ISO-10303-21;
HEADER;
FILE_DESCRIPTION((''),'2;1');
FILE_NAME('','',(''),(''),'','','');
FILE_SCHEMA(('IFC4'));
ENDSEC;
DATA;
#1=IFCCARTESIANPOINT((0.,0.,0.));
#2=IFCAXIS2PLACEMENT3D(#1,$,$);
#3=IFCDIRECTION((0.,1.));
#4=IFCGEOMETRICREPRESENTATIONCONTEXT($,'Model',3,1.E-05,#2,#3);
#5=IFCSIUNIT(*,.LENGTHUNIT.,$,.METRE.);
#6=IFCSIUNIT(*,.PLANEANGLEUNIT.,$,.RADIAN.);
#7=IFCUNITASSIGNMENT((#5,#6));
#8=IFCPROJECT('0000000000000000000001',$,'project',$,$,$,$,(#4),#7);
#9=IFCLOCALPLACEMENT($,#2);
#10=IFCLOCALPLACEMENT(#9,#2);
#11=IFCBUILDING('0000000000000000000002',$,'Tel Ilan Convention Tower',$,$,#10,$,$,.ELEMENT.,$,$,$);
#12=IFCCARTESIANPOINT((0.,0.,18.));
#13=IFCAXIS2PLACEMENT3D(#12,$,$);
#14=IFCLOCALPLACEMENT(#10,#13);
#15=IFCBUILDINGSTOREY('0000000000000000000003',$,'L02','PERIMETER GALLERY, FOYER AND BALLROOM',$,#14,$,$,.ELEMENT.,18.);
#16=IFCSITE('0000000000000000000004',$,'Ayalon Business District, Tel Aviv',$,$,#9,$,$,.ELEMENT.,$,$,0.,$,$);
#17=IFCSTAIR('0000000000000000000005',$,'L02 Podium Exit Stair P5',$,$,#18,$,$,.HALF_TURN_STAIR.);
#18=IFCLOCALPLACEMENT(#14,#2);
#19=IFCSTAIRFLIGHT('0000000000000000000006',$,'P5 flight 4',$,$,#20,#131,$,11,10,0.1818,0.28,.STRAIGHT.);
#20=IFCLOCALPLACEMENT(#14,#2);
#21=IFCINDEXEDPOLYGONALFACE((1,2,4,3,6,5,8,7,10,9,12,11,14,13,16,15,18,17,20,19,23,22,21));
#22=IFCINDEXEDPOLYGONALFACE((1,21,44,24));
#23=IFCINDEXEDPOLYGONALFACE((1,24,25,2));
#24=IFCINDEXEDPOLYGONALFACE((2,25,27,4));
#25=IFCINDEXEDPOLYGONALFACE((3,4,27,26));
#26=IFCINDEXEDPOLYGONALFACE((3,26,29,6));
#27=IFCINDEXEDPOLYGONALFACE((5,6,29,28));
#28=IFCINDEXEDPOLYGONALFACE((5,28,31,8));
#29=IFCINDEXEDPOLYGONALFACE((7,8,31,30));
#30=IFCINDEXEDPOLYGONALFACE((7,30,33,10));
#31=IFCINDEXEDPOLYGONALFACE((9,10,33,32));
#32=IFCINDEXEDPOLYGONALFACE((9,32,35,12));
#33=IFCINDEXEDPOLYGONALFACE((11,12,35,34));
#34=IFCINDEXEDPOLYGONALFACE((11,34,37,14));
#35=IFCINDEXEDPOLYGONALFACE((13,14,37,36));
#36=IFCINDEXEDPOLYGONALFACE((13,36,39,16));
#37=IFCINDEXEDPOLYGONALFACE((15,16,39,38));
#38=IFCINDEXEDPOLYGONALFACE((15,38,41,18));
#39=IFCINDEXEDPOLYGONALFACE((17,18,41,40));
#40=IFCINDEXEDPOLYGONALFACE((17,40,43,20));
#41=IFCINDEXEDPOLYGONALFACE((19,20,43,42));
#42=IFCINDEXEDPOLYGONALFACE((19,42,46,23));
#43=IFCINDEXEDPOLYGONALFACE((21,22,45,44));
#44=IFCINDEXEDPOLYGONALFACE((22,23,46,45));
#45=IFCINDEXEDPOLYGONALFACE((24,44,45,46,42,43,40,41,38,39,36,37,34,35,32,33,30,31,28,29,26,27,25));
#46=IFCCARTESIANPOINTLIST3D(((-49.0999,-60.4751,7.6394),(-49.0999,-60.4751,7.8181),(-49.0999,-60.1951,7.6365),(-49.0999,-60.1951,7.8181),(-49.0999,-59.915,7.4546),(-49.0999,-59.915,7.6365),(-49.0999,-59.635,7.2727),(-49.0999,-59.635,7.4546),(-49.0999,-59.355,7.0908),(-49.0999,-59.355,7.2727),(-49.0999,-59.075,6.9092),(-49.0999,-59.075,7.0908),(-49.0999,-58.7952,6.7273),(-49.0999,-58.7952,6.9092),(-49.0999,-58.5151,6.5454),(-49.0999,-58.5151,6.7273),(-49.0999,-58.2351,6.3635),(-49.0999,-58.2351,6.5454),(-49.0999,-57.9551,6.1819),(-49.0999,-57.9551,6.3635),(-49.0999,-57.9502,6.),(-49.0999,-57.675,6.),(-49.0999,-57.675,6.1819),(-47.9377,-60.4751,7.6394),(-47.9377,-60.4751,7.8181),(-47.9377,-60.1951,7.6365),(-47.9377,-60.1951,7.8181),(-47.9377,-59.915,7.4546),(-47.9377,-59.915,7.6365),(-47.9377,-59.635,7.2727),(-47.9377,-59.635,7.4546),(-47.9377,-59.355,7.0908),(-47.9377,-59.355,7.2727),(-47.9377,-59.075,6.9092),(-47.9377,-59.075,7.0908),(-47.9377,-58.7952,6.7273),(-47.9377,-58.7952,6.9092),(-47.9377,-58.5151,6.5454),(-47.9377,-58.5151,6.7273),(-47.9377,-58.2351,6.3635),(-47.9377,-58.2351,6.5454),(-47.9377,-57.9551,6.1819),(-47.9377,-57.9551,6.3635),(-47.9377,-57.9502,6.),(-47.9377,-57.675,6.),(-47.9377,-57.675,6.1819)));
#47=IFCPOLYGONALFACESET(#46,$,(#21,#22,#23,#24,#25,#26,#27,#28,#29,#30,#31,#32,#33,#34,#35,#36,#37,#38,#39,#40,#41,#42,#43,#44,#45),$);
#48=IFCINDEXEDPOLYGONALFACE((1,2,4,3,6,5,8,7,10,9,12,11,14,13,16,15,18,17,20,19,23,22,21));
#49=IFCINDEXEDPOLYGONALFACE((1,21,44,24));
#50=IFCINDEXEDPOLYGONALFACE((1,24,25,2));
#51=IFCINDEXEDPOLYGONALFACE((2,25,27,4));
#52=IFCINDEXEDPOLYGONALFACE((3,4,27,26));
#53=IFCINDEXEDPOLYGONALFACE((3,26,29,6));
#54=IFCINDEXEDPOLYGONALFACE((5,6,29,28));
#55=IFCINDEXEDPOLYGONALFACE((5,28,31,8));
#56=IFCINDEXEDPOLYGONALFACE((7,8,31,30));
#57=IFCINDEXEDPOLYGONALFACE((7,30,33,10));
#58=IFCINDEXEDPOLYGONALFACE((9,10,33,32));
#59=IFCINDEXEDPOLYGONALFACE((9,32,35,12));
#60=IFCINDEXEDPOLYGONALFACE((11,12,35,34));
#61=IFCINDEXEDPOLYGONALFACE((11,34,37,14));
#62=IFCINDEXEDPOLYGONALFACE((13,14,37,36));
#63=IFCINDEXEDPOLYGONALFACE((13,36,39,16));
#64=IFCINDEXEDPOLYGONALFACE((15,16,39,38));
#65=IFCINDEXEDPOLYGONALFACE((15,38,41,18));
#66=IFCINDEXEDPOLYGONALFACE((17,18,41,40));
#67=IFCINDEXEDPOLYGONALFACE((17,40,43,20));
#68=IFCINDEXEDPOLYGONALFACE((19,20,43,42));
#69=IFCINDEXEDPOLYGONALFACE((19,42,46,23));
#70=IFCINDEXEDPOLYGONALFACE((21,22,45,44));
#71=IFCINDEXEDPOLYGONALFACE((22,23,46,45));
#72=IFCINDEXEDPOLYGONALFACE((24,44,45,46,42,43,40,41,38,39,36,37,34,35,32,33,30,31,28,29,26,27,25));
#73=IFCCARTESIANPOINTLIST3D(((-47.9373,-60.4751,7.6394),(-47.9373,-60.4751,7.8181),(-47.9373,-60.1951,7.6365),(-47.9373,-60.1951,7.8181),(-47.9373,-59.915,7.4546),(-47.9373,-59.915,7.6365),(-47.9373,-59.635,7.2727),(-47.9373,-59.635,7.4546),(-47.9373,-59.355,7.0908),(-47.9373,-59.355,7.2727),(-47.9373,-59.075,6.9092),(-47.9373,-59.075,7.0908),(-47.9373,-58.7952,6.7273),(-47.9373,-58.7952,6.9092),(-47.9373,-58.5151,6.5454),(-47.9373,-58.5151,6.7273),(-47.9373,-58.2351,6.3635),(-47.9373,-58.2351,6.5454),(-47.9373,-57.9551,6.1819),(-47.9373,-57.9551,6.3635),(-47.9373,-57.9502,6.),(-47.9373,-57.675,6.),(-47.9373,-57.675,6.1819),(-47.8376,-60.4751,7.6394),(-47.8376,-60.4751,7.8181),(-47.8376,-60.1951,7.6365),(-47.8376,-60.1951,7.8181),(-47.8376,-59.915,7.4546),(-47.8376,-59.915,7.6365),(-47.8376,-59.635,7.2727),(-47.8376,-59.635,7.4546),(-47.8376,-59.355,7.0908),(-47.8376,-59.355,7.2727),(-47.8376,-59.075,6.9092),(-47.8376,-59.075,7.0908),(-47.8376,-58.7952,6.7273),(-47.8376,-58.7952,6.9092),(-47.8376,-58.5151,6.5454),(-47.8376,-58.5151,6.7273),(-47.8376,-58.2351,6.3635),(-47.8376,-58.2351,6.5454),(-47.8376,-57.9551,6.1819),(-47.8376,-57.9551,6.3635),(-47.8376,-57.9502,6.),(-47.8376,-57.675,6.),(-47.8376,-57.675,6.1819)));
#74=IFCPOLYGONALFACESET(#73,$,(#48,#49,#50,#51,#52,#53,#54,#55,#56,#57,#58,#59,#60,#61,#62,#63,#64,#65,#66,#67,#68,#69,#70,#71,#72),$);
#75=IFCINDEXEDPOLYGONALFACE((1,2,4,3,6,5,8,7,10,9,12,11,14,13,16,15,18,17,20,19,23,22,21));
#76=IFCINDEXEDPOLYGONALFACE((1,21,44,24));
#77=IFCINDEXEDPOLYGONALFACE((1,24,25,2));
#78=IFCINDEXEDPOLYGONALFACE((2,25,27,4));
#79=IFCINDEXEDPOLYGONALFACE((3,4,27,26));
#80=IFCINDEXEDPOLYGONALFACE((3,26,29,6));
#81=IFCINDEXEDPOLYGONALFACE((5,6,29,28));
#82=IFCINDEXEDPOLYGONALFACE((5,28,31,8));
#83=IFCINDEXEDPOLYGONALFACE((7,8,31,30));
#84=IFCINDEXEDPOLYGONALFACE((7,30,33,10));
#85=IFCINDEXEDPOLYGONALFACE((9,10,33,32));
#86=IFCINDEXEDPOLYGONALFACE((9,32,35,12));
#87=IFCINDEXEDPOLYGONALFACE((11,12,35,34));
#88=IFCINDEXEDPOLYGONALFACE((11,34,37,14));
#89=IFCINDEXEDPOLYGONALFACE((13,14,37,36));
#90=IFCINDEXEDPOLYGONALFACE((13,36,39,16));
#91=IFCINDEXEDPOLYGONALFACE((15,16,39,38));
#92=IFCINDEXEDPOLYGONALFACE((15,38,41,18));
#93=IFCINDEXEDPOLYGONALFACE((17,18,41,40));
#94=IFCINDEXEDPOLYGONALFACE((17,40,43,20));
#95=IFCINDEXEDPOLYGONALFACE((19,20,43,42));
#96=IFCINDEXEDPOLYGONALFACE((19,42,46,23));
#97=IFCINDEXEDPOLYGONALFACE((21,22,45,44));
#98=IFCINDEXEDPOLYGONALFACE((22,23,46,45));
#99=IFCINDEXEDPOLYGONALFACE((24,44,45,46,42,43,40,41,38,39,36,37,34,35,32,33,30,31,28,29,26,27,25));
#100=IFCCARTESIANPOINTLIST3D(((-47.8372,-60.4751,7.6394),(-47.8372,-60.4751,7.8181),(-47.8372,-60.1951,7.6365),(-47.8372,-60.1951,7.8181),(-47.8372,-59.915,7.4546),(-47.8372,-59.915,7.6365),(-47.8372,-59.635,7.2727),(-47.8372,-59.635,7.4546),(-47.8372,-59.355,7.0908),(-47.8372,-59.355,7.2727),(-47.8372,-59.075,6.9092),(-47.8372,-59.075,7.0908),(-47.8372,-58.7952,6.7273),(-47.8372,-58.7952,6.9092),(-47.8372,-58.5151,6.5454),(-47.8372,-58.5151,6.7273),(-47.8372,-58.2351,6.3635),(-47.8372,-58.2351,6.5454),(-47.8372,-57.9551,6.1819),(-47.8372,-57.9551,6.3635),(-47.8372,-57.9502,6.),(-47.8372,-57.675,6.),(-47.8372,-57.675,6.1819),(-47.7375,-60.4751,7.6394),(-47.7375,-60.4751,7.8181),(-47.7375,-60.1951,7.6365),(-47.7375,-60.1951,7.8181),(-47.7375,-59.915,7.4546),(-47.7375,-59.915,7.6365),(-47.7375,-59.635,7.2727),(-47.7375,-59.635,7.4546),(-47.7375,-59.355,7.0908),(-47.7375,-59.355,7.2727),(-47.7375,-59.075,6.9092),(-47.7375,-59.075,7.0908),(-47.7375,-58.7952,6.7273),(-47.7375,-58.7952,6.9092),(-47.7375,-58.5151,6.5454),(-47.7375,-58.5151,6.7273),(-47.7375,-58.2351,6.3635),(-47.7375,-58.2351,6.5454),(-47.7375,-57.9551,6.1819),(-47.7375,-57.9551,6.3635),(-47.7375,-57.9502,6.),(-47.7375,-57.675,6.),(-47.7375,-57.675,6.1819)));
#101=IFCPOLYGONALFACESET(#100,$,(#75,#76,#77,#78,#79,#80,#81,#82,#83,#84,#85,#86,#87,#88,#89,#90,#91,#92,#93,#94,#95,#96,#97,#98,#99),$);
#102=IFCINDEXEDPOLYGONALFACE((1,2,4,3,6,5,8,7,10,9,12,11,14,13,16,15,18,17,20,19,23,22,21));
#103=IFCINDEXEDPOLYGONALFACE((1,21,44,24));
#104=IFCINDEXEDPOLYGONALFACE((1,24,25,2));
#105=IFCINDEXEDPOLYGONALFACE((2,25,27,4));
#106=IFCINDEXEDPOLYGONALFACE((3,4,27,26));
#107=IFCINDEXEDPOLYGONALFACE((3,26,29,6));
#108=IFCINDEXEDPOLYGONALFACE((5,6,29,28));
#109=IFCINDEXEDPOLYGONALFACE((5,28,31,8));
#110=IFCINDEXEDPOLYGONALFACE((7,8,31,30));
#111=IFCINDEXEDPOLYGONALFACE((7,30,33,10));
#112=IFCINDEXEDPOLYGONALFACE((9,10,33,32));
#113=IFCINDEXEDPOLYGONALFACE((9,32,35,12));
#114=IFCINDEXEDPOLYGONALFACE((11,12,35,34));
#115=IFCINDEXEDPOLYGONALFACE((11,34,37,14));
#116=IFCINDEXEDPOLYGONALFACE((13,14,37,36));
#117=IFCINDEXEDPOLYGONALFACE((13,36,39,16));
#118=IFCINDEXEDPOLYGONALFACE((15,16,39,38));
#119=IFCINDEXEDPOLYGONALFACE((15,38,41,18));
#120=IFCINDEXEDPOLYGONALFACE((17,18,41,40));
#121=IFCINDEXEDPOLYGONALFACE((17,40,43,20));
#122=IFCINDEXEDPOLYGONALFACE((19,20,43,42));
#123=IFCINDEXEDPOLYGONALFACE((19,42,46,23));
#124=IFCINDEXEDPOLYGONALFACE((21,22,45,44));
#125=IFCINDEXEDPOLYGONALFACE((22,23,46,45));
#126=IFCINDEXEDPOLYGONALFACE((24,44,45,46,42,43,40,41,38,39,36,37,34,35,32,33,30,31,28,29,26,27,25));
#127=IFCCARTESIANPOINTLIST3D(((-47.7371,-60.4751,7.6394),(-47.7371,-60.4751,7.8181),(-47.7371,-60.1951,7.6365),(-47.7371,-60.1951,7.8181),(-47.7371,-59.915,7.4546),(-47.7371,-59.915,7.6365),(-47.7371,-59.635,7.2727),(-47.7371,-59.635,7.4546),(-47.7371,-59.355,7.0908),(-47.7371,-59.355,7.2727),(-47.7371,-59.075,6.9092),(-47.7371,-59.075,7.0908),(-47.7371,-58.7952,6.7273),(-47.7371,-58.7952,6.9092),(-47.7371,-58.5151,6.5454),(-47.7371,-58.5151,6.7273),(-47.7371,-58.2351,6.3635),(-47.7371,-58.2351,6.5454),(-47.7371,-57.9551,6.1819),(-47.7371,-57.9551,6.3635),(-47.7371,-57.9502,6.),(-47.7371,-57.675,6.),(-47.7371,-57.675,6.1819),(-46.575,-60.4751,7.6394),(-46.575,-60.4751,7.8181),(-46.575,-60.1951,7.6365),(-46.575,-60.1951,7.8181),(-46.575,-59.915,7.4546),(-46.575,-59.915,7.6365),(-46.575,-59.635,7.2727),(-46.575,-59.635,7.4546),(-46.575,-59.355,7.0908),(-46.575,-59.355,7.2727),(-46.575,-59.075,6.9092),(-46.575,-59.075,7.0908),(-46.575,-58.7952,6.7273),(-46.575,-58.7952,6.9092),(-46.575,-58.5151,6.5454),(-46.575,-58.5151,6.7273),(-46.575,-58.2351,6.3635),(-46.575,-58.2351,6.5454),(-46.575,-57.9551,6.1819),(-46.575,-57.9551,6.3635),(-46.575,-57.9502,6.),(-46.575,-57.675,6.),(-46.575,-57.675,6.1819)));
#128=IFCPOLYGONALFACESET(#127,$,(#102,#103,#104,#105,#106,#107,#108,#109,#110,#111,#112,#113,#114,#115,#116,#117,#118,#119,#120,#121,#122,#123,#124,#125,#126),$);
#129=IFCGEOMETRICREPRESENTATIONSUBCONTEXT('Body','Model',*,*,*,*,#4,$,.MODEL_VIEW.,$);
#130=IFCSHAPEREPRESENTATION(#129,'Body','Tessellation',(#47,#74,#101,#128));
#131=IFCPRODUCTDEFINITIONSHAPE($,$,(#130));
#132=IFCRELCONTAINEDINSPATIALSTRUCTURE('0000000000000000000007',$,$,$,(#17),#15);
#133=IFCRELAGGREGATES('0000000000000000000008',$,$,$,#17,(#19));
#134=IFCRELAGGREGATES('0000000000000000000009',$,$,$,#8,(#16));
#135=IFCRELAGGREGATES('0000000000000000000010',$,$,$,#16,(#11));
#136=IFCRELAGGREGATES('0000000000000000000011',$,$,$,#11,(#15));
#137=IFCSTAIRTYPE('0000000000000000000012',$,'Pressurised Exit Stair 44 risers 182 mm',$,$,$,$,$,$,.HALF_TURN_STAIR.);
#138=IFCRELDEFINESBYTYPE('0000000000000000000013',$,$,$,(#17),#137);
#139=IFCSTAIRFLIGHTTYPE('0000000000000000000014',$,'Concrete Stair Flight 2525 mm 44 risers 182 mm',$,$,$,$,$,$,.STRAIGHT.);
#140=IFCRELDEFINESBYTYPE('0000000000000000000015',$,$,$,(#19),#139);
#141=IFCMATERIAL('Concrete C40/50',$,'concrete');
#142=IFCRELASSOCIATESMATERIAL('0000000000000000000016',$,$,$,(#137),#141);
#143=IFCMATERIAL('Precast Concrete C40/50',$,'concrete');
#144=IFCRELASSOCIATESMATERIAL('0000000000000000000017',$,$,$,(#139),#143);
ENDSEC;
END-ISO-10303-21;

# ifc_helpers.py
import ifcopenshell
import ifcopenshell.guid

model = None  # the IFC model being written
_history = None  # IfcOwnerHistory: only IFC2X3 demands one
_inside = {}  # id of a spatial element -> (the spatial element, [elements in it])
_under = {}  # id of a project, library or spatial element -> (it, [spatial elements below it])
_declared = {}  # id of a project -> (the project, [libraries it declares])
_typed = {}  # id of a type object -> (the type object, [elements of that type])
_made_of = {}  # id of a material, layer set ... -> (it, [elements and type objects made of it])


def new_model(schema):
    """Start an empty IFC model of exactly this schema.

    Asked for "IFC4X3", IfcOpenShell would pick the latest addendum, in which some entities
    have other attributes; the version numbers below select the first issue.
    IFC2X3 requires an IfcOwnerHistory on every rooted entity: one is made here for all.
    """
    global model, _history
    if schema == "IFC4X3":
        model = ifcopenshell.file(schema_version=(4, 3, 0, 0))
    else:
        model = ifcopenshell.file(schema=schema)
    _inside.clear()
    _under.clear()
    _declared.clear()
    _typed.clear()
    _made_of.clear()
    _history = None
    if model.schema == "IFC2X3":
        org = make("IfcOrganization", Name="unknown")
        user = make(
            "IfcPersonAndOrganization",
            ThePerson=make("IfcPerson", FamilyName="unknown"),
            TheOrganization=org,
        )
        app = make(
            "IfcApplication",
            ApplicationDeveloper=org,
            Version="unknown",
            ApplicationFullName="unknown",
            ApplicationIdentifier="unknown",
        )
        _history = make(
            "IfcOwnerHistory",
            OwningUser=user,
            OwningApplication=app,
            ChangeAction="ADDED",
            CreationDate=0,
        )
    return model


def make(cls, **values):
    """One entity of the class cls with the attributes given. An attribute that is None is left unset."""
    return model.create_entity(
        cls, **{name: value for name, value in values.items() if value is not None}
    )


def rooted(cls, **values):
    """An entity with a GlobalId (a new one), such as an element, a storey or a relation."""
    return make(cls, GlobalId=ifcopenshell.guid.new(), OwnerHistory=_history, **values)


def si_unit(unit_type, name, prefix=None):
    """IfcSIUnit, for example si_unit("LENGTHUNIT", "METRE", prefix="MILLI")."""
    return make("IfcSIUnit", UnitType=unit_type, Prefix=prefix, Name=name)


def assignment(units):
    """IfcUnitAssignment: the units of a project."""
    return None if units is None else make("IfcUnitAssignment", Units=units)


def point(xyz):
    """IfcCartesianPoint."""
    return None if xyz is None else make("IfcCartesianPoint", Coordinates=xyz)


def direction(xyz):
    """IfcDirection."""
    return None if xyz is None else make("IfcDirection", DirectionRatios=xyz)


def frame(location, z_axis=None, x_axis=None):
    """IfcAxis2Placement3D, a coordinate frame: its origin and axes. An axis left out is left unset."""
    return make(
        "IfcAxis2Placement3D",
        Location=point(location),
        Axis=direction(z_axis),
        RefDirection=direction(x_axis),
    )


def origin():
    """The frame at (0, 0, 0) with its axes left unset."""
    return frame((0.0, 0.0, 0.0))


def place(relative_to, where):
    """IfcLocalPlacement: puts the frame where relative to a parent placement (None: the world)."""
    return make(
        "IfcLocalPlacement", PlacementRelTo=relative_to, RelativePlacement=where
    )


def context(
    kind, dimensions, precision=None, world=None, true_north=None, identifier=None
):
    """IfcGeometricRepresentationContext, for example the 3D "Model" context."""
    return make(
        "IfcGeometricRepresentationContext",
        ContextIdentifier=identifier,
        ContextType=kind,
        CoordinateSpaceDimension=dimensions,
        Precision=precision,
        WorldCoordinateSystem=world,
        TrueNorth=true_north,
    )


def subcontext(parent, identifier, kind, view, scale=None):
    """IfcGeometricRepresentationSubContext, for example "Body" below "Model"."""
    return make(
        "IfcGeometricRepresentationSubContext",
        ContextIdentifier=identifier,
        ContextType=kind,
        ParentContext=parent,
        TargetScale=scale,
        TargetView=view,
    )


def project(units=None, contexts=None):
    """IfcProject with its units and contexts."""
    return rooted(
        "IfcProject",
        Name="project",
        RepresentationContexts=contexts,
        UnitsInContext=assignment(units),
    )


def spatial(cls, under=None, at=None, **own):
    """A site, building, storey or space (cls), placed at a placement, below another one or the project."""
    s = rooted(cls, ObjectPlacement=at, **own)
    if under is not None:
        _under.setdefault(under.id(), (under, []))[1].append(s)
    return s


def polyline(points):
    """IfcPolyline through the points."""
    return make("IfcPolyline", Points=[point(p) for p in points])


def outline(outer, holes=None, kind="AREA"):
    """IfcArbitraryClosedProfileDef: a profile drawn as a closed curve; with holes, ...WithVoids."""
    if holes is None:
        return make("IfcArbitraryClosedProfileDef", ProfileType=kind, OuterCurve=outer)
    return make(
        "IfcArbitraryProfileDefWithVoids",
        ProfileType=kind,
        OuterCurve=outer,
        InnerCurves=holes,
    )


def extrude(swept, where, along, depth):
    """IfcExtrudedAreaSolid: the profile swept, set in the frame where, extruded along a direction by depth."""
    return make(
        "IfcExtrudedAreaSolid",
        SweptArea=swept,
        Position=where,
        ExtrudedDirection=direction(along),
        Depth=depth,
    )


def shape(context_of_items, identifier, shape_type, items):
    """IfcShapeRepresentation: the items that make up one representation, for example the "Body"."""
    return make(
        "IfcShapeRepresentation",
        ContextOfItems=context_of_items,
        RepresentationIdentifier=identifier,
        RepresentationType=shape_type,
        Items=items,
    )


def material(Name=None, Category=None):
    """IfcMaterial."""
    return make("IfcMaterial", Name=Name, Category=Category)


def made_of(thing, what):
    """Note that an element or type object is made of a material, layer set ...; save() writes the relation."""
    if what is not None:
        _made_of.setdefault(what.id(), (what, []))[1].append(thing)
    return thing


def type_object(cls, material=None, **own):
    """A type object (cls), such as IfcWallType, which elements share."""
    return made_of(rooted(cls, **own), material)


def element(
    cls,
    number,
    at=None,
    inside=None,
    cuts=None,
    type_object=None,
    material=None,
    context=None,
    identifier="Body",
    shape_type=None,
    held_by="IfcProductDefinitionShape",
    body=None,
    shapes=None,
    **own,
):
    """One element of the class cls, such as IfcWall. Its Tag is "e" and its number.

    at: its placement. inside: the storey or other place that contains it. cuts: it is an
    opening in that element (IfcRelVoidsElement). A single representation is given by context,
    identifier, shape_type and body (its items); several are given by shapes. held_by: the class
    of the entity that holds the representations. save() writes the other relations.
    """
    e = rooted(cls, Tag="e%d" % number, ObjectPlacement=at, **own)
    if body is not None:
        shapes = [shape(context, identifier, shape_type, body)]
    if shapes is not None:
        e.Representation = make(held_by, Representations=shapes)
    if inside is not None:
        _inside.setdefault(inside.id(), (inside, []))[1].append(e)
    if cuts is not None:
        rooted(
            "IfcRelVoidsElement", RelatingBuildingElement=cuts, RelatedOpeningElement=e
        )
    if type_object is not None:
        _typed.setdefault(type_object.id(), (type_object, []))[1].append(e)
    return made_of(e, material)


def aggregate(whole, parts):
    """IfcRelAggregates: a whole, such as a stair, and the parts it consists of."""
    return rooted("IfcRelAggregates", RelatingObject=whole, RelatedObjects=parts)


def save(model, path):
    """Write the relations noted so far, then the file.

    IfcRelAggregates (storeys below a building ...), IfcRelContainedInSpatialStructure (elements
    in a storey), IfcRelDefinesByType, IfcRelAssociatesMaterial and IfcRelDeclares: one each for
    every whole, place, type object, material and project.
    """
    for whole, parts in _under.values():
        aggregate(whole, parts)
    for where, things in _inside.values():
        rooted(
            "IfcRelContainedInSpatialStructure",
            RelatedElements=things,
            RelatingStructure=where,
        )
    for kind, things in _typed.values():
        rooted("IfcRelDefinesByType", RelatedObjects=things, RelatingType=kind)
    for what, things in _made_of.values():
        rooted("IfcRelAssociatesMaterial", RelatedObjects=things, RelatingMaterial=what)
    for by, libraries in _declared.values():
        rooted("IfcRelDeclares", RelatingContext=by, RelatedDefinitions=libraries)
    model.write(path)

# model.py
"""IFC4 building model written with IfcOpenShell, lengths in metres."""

from ifc_helpers import new_model, si_unit, direction, frame, origin, place, context, subcontext, project, spatial, polyline, outline, extrude, material, type_object, element, aggregate, save


model = new_model("IFC4")

# Units and contexts
model_context = context("Model", 3, precision=1e-05, world=origin(), true_north=direction((0.0, 1.0)))
body_context = subcontext(model_context, "Body", "Model", "MODEL_VIEW")
ifc_project = project(units=[si_unit("LENGTHUNIT", "METRE"), si_unit("PLANEANGLEUNIT", "RADIAN")], contexts=[model_context])

# Site, building, storey
site_placement = place(None, origin())
site = spatial("IfcSite", under=ifc_project, at=site_placement, Name="Ayalon Business District, Tel Aviv", CompositionType="ELEMENT", RefElevation=0.0)
building_placement = place(site_placement, origin())
building = spatial("IfcBuilding", under=site, at=building_placement, Name="Tel Ilan Convention Tower", CompositionType="ELEMENT")
storey_placement = place(building_placement, frame((0.0, 0.0, 18.0)))
storey = spatial("IfcBuildingStorey", under=building, at=storey_placement, Name="L02", Description="PERIMETER GALLERY, FOYER AND BALLROOM", CompositionType="ELEMENT", Elevation=18.0)

# Stair, stair flight
ifc_material_1 = material(Name="Concrete C40/50", Category="concrete")
stair_type = type_object("IfcStairType", Name="Pressurised Exit Stair 44 risers 182 mm", PredefinedType="HALF_TURN_STAIR", material=ifc_material_1)
stair_placement = place(storey_placement, origin())
stair = element("IfcStair", 1, at=stair_placement, inside=storey, type_object=stair_type, Name="L02 Podium Exit Stair P5", PredefinedType="HALF_TURN_STAIR")
ifc_material_2 = material(Name="Precast Concrete C40/50", Category="concrete")
stair_flight_type = type_object("IfcStairFlightType", Name="Concrete Stair Flight 2525 mm 44 risers 182 mm", PredefinedType="STRAIGHT", material=ifc_material_2)
stair_flight_1_placement = place(storey_placement, frame((-47.8374, -57.675, 6.0), z_axis=(0.0, 0.0, 1.0), x_axis=(0.0, -1.0, 0.0)))
stair_flight_1 = element("IfcStairFlight", 2, at=stair_flight_1_placement, type_object=stair_flight_type, Name="P5 flight 4", NumberOfRisers=11, NumberOfTreads=10, PredefinedType="STRAIGHT", RiserHeight=0.1818, TreadLength=0.28, context=body_context, shape_type="SweptSolid", body=[
    extrude(outline(polyline([(0.0, 0.0), (0.0, 0.1819), (0.28, 0.1819), (0.28, 0.3635), (0.5601, 0.3635), (0.5601, 0.5454), (0.8401, 0.5454), (0.8401, 0.7273), (1.1201, 0.7273), (1.1201, 0.9092), (1.3999, 0.9092), (1.3999, 1.0908), (1.6799, 1.0908), (1.6799, 1.2727), (1.96, 1.2727), (1.96, 1.4546), (2.24, 1.4546), (2.24, 1.6365), (2.52, 1.6365), (2.52, 1.8181), (2.8, 1.8181), (2.8, 2.0), (2.8, 1.6394), (0.2751, 0.0), (0.0, 0.0)])), frame((0.0, -0.1003, 0.0), z_axis=(0.0, -1.0, 0.0), x_axis=(1.0, 0.0, 0.0)), (0.0, 0.0, 1.0), 1.1621),
    extrude(outline(polyline([(0.0, 0.0), (0.0, 0.1819), (0.28, 0.1819), (0.28, 0.3635), (0.5601, 0.3635), (0.5601, 0.5454), (0.8401, 0.5454), (0.8401, 0.7273), (1.1201, 0.7273), (1.1201, 0.9092), (1.3999, 0.9092), (1.3999, 1.0908), (1.6799, 1.0908), (1.6799, 1.2727), (1.96, 1.2727), (1.96, 1.4546), (2.24, 1.4546), (2.24, 1.6365), (2.52, 1.6365), (2.52, 1.8181), (2.8, 1.8181), (2.8, 2.0), (2.8, 1.6394), (0.2751, 0.0), (0.0, 0.0)])), frame((0.0, -0.0002, 0.0), z_axis=(0.0, -1.0, 0.0), x_axis=(1.0, 0.0, 0.0)), (0.0, 0.0, 1.0), 0.0996),
    extrude(outline(polyline([(0.0, 0.0), (0.0, 0.1819), (0.28, 0.1819), (0.28, 0.3635), (0.5601, 0.3635), (0.5601, 0.5454), (0.8401, 0.5454), (0.8401, 0.7273), (1.1201, 0.7273), (1.1201, 0.9092), (1.3999, 0.9092), (1.3999, 1.0908), (1.6799, 1.0908), (1.6799, 1.2727), (1.96, 1.2727), (1.96, 1.4546), (2.24, 1.4546), (2.24, 1.6365), (2.52, 1.6365), (2.52, 1.8181), (2.8, 1.8181), (2.8, 2.0), (2.8, 1.6394), (0.2751, 0.0), (0.0, 0.0)])), frame((0.0, 0.0999, 0.0), z_axis=(0.0, -1.0, 0.0), x_axis=(1.0, 0.0, 0.0)), (0.0, 0.0, 1.0), 0.0996),
    extrude(outline(polyline([(0.0, 0.0), (0.0, 0.1819), (0.28, 0.1819), (0.28, 0.3635), (0.5601, 0.3635), (0.5601, 0.5454), (0.8401, 0.5454), (0.8401, 0.7273), (1.1201, 0.7273), (1.1201, 0.9092), (1.3999, 0.9092), (1.3999, 1.0908), (1.6799, 1.0908), (1.6799, 1.2727), (1.96, 1.2727), (1.96, 1.4546), (2.24, 1.4546), (2.24, 1.6365), (2.52, 1.6365), (2.52, 1.8181), (2.8, 1.8181), (2.8, 2.0), (2.8, 1.6394), (0.2751, 0.0), (0.0, 0.0)])), frame((0.0, 1.2625, 0.0), z_axis=(0.0, -1.0, 0.0), x_axis=(1.0, 0.0, 0.0)), (0.0, 0.0, 1.0), 1.1621),
])
aggregate(stair, [stair_flight_1])

save(model, "model.ifc")
